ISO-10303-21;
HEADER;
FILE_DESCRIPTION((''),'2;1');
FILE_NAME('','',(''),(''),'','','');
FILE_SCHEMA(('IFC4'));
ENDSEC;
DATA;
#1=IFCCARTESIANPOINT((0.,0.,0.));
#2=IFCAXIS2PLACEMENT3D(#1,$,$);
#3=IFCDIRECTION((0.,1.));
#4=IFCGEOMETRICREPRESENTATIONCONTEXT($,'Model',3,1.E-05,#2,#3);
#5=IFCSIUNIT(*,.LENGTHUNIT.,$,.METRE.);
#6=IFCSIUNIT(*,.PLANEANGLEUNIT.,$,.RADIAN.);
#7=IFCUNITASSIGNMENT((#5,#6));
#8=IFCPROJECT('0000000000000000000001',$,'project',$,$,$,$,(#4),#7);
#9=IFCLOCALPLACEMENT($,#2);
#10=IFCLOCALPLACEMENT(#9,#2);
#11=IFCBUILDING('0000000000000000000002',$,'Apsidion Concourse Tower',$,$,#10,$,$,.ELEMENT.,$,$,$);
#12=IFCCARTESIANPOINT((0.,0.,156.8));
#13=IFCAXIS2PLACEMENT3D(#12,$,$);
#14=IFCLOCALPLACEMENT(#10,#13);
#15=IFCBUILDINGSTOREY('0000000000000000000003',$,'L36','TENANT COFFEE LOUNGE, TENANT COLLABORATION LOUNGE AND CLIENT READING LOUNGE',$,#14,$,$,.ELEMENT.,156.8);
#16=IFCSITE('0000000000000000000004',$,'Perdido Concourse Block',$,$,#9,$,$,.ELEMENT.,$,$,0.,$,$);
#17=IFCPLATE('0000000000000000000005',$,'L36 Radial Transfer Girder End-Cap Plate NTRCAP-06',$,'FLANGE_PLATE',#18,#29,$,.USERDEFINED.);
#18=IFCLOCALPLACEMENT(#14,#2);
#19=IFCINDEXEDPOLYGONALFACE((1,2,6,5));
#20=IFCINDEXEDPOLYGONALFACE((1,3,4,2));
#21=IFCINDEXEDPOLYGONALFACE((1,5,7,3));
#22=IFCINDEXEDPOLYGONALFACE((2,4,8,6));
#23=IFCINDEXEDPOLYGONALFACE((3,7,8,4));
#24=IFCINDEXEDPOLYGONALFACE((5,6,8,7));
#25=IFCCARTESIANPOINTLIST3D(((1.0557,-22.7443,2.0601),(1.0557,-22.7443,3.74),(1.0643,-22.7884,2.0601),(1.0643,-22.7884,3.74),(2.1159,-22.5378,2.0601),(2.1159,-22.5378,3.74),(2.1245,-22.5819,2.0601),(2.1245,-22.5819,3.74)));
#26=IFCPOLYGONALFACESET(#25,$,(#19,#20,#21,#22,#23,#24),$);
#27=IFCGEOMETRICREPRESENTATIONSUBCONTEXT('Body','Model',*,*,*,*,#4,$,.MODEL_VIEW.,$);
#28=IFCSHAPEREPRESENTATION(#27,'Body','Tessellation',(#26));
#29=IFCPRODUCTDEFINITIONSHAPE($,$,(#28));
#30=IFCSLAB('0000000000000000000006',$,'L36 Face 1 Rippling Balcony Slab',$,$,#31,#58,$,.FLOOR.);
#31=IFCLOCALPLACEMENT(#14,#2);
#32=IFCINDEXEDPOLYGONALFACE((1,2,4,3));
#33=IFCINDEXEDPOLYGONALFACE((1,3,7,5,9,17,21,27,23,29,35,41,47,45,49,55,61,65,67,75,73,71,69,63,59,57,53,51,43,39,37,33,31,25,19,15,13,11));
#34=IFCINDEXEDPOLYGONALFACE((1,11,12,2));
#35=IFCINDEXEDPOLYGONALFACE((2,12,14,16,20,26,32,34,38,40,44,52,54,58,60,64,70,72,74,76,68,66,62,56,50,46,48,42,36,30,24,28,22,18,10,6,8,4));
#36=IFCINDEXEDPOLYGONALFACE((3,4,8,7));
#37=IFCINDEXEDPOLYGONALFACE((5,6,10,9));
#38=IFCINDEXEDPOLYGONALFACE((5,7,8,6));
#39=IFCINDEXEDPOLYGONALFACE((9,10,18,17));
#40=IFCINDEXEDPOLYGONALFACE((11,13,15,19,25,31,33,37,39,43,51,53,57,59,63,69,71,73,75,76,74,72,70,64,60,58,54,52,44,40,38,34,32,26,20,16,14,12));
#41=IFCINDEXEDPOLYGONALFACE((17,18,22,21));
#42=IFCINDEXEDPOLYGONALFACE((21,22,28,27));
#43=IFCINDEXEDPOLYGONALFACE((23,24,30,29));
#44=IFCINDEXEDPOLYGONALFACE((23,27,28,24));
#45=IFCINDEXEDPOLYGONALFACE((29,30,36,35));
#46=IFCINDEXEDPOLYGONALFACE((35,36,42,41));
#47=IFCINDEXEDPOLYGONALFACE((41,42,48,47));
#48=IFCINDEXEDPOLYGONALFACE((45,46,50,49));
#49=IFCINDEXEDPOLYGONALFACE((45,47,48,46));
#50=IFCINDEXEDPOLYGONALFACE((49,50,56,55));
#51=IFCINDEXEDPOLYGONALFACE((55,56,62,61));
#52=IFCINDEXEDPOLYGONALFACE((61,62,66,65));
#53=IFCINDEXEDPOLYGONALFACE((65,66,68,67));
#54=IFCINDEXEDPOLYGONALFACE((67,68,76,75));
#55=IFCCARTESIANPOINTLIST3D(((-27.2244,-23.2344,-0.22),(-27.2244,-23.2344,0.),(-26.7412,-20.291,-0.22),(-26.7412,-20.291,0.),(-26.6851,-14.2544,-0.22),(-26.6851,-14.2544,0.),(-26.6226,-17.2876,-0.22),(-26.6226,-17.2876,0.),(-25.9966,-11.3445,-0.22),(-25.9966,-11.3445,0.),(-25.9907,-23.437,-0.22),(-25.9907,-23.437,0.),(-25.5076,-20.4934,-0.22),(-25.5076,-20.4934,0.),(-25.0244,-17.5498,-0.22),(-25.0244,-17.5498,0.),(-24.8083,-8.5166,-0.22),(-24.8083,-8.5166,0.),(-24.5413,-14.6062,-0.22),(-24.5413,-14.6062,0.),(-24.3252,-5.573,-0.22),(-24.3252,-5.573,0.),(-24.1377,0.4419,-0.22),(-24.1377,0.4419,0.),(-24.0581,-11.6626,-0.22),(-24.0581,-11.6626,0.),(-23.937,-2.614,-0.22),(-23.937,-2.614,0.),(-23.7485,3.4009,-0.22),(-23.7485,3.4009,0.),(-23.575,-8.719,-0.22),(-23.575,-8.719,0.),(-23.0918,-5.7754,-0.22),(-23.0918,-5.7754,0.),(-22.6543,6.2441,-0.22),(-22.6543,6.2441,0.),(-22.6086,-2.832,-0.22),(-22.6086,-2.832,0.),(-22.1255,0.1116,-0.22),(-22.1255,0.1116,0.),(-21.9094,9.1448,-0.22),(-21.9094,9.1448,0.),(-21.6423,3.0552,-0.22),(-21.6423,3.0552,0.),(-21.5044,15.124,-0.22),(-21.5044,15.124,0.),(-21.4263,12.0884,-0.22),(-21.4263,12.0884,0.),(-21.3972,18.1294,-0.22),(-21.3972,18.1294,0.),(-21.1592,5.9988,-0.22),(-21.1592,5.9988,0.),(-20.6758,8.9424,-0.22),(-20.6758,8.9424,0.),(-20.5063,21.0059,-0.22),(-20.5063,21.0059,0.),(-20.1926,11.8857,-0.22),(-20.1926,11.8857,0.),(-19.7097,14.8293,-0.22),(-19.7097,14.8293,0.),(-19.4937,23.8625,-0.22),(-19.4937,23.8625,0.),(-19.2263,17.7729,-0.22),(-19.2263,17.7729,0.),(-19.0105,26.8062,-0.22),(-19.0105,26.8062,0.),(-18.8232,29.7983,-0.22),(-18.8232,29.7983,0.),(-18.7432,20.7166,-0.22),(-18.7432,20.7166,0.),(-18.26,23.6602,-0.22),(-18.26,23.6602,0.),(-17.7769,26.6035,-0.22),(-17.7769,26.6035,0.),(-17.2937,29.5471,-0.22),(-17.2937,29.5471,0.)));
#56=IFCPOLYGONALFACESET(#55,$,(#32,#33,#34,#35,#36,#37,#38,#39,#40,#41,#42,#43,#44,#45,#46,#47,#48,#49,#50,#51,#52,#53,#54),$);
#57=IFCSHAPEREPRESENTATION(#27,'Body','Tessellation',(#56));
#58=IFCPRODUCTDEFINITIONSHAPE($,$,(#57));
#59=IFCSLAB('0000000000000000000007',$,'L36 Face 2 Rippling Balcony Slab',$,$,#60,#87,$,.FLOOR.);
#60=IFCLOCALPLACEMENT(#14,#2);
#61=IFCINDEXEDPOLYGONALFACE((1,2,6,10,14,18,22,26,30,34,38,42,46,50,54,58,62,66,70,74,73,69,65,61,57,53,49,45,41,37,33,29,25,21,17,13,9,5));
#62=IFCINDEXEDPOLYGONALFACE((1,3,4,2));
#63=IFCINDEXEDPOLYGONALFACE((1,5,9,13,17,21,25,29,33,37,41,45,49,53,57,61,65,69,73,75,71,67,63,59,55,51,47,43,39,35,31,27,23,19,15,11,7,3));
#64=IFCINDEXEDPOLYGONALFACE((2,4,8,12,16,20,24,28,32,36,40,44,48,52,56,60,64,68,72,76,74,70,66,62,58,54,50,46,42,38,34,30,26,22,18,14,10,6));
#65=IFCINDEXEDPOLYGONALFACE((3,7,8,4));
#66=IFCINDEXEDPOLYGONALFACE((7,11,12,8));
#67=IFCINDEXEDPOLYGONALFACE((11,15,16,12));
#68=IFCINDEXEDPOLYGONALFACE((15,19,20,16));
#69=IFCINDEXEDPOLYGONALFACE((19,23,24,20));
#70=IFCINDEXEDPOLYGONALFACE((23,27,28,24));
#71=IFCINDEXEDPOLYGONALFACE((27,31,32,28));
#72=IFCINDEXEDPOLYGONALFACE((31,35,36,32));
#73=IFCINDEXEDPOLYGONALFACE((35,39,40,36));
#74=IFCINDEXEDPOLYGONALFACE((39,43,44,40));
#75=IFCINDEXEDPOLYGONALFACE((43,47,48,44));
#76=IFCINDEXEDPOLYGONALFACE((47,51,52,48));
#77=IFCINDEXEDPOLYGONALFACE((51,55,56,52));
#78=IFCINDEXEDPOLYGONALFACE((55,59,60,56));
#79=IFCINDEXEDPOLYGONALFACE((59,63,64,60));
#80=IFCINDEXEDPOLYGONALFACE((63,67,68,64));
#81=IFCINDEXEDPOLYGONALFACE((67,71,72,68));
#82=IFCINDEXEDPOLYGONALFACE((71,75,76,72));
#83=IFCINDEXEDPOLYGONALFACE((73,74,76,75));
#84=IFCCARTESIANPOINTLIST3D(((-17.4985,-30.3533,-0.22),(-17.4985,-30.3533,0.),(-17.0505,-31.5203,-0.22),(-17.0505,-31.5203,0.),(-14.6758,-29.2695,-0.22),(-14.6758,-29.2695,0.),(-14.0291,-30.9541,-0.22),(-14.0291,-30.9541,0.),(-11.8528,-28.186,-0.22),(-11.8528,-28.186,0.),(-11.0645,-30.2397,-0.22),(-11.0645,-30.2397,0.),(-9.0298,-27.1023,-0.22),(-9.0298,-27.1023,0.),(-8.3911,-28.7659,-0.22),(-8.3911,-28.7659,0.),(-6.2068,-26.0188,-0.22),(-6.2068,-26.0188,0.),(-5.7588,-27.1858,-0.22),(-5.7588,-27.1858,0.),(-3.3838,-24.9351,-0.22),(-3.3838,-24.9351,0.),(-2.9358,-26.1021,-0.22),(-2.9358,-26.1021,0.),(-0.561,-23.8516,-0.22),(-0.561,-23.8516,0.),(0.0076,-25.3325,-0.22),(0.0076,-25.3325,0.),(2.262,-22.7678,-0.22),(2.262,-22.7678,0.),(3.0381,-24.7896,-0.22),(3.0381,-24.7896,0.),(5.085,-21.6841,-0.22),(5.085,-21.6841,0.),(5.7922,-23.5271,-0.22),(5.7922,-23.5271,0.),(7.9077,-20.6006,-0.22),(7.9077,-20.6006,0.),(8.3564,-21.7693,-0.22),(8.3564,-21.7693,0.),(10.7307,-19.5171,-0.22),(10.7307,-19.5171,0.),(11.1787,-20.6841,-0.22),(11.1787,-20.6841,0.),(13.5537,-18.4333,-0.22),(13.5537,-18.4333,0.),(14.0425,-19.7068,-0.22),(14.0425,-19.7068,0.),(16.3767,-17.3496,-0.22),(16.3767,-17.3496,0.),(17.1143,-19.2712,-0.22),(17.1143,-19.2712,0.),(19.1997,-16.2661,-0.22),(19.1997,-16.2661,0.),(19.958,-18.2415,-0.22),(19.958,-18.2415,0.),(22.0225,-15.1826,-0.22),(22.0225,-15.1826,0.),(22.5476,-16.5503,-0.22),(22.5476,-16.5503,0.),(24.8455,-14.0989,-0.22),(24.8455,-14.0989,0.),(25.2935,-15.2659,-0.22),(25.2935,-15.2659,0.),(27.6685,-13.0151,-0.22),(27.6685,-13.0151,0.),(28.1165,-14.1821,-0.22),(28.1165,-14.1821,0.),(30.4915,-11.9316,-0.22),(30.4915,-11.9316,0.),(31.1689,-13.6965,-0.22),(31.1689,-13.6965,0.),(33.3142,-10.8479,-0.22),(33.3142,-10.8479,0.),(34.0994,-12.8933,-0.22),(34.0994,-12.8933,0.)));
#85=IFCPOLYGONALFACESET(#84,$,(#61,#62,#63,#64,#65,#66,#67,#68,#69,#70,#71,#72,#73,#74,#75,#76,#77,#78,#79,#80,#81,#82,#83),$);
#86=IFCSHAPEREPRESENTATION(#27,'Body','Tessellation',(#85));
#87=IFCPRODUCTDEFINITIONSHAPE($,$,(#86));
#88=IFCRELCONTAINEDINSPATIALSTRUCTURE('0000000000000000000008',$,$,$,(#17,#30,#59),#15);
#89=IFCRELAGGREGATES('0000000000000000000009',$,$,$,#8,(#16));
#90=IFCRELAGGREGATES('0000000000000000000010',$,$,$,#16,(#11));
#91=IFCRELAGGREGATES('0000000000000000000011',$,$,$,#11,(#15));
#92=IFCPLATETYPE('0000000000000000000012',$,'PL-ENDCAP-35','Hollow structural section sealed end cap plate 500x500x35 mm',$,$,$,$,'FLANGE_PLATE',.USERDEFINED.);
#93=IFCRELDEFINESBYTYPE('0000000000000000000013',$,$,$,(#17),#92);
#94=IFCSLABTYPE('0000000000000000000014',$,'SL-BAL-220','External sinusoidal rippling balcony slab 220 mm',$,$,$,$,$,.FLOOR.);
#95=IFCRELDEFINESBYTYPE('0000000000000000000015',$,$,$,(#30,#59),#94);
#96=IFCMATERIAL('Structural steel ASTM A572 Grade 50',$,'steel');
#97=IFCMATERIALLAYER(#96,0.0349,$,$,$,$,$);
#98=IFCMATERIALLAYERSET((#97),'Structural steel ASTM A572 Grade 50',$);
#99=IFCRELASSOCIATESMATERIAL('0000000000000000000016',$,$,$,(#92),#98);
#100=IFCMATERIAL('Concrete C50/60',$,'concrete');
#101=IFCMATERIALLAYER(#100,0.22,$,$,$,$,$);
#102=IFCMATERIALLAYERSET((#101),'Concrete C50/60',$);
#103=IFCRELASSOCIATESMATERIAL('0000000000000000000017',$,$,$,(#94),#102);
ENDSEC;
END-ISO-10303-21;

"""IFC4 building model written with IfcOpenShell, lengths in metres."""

from ifc_helpers import new_model, si_unit, direction, frame, origin, origin_2d, place, context, subcontext, project, spatial, polyline, rectangle, outline, extrude, material, layer, layer_set, type_object, element, save


model = new_model("IFC4")

# Units and contexts
model_context = context("Model", 3, precision=1e-05, world=origin(), true_north=direction((0.0, 1.0)))
body_context = subcontext(model_context, "Body", "Model", "MODEL_VIEW")
ifc_project = project(units=[si_unit("LENGTHUNIT", "METRE"), si_unit("PLANEANGLEUNIT", "RADIAN")], contexts=[model_context])

# Site, building, storey
site_placement = place(None, origin())
site = spatial("IfcSite", under=ifc_project, at=site_placement, Name="Perdido Concourse Block", CompositionType="ELEMENT", RefElevation=0.0)
building_placement = place(site_placement, origin())
building = spatial("IfcBuilding", under=site, at=building_placement, Name="Apsidion Concourse Tower", CompositionType="ELEMENT")
storey_placement = place(building_placement, frame((0.0, 0.0, 156.8)))
storey = spatial("IfcBuildingStorey", under=building, at=storey_placement, Name="L36", Description="TENANT COFFEE LOUNGE, TENANT COLLABORATION LOUNGE AND CLIENT READING LOUNGE", CompositionType="ELEMENT", Elevation=156.8)

# Shared definitions
ifc_material_1 = material(Name="Concrete C50/60", Category="concrete")

# Shared definitions
ifc_material_2 = material(Name="Structural steel ASTM A572 Grade 50", Category="steel")

# Plate
ifc_layer_1 = layer(ifc_material_2, 0.0349)
ifc_layer_set_1 = layer_set([ifc_layer_1], Name="Structural steel ASTM A572 Grade 50")
plate_type = type_object("IfcPlateType", Name="PL-ENDCAP-35", Description="Hollow structural section sealed end cap plate 500x500x35 mm", ElementType="FLANGE_PLATE", PredefinedType="USERDEFINED", material=ifc_layer_set_1)
plate_placement = place(storey_placement, frame((1.5901, -22.6631, 2.0601), z_axis=(0.0, 0.0, 1.0), x_axis=(0.191152, -0.981561, 0.0)))
element("IfcPlate", 1, at=plate_placement, inside=storey, type_object=plate_type, Name="L36 Radial Transfer Girder End-Cap Plate NTRCAP-06", ObjectType="FLANGE_PLATE", PredefinedType="USERDEFINED", context=body_context, shape_type="SweptSolid", body=[
    extrude(rectangle(XDim=0.0449, YDim=1.0801, at=origin_2d()), origin(), (0.0, 0.0, 1.0), 1.6799),
])

# Slabs
ifc_layer_2 = layer(ifc_material_1, 0.22)
ifc_layer_set_2 = layer_set([ifc_layer_2], Name="Concrete C50/60")
slab_type_1 = type_object("IfcSlabType", Name="SL-BAL-220", Description="External sinusoidal rippling balcony slab 220 mm", PredefinedType="FLOOR", material=ifc_layer_set_2)
slab_1_placement = place(storey_placement, frame((0.0, 0.0, -0.22)))
element("IfcSlab", 2, at=slab_1_placement, inside=storey, type_object=slab_type_1, Name="L36 Face 1 Rippling Balcony Slab", PredefinedType="FLOOR", context=body_context, shape_type="SweptSolid", body=[
    extrude(outline(polyline([(-17.2937, 29.5471), (-17.7769, 26.6035), (-18.26, 23.6602), (-18.7432, 20.7166), (-19.2263, 17.7729), (-19.7097, 14.8293), (-20.1926, 11.8857), (-20.6758, 8.9424), (-21.1592, 5.9988), (-21.6423, 3.0552), (-22.1255, 0.1116), (-22.6086, -2.832), (-23.0918, -5.7754), (-23.575, -8.719), (-24.0581, -11.6626), (-24.5413, -14.6062), (-25.0244, -17.5498), (-25.5076, -20.4934), (-25.9907, -23.437), (-27.2244, -23.2344), (-26.7412, -20.291), (-26.6226, -17.2876), (-26.6851, -14.2544), (-25.9966, -11.3445), (-24.8083, -8.5166), (-24.3252, -5.573), (-23.937, -2.614), (-24.1377, 0.4419), (-23.7485, 3.4009), (-22.6543, 6.2441), (-21.9094, 9.1448), (-21.4263, 12.0884), (-21.5044, 15.124), (-21.3972, 18.1294), (-20.5063, 21.0059), (-19.4937, 23.8625), (-19.0105, 26.8062), (-18.8232, 29.7983), (-17.2937, 29.5471)])), origin(), (0.0, 0.0, 1.0), 0.22),
])
slab_2_placement = place(storey_placement, frame((0.0, 0.0, -0.22)))
element("IfcSlab", 3, at=slab_2_placement, inside=storey, type_object=slab_type_1, Name="L36 Face 2 Rippling Balcony Slab", PredefinedType="FLOOR", context=body_context, shape_type="SweptSolid", body=[
    extrude(outline(polyline([(-17.4985, -30.3533), (-14.6758, -29.2695), (-11.8528, -28.186), (-9.0298, -27.1023), (-6.2068, -26.0188), (-3.3838, -24.9351), (-0.561, -23.8516), (2.262, -22.7678), (5.085, -21.6841), (7.9077, -20.6006), (10.7307, -19.5171), (13.5537, -18.4333), (16.3767, -17.3496), (19.1997, -16.2661), (22.0225, -15.1826), (24.8455, -14.0989), (27.6685, -13.0151), (30.4915, -11.9316), (33.3142, -10.8479), (34.0994, -12.8933), (31.1689, -13.6965), (28.1165, -14.1821), (25.2935, -15.2659), (22.5476, -16.5503), (19.958, -18.2415), (17.1143, -19.2712), (14.0425, -19.7068), (11.1787, -20.6841), (8.3564, -21.7693), (5.7922, -23.5271), (3.0381, -24.7896), (0.0076, -25.3325), (-2.9358, -26.1021), (-5.7588, -27.1858), (-8.3911, -28.7659), (-11.0645, -30.2397), (-14.0291, -30.9541), (-17.0505, -31.5203), (-17.4985, -30.3533)])), origin(), (0.0, 0.0, 1.0), 0.22),
])

save(model, "model.ifc")
